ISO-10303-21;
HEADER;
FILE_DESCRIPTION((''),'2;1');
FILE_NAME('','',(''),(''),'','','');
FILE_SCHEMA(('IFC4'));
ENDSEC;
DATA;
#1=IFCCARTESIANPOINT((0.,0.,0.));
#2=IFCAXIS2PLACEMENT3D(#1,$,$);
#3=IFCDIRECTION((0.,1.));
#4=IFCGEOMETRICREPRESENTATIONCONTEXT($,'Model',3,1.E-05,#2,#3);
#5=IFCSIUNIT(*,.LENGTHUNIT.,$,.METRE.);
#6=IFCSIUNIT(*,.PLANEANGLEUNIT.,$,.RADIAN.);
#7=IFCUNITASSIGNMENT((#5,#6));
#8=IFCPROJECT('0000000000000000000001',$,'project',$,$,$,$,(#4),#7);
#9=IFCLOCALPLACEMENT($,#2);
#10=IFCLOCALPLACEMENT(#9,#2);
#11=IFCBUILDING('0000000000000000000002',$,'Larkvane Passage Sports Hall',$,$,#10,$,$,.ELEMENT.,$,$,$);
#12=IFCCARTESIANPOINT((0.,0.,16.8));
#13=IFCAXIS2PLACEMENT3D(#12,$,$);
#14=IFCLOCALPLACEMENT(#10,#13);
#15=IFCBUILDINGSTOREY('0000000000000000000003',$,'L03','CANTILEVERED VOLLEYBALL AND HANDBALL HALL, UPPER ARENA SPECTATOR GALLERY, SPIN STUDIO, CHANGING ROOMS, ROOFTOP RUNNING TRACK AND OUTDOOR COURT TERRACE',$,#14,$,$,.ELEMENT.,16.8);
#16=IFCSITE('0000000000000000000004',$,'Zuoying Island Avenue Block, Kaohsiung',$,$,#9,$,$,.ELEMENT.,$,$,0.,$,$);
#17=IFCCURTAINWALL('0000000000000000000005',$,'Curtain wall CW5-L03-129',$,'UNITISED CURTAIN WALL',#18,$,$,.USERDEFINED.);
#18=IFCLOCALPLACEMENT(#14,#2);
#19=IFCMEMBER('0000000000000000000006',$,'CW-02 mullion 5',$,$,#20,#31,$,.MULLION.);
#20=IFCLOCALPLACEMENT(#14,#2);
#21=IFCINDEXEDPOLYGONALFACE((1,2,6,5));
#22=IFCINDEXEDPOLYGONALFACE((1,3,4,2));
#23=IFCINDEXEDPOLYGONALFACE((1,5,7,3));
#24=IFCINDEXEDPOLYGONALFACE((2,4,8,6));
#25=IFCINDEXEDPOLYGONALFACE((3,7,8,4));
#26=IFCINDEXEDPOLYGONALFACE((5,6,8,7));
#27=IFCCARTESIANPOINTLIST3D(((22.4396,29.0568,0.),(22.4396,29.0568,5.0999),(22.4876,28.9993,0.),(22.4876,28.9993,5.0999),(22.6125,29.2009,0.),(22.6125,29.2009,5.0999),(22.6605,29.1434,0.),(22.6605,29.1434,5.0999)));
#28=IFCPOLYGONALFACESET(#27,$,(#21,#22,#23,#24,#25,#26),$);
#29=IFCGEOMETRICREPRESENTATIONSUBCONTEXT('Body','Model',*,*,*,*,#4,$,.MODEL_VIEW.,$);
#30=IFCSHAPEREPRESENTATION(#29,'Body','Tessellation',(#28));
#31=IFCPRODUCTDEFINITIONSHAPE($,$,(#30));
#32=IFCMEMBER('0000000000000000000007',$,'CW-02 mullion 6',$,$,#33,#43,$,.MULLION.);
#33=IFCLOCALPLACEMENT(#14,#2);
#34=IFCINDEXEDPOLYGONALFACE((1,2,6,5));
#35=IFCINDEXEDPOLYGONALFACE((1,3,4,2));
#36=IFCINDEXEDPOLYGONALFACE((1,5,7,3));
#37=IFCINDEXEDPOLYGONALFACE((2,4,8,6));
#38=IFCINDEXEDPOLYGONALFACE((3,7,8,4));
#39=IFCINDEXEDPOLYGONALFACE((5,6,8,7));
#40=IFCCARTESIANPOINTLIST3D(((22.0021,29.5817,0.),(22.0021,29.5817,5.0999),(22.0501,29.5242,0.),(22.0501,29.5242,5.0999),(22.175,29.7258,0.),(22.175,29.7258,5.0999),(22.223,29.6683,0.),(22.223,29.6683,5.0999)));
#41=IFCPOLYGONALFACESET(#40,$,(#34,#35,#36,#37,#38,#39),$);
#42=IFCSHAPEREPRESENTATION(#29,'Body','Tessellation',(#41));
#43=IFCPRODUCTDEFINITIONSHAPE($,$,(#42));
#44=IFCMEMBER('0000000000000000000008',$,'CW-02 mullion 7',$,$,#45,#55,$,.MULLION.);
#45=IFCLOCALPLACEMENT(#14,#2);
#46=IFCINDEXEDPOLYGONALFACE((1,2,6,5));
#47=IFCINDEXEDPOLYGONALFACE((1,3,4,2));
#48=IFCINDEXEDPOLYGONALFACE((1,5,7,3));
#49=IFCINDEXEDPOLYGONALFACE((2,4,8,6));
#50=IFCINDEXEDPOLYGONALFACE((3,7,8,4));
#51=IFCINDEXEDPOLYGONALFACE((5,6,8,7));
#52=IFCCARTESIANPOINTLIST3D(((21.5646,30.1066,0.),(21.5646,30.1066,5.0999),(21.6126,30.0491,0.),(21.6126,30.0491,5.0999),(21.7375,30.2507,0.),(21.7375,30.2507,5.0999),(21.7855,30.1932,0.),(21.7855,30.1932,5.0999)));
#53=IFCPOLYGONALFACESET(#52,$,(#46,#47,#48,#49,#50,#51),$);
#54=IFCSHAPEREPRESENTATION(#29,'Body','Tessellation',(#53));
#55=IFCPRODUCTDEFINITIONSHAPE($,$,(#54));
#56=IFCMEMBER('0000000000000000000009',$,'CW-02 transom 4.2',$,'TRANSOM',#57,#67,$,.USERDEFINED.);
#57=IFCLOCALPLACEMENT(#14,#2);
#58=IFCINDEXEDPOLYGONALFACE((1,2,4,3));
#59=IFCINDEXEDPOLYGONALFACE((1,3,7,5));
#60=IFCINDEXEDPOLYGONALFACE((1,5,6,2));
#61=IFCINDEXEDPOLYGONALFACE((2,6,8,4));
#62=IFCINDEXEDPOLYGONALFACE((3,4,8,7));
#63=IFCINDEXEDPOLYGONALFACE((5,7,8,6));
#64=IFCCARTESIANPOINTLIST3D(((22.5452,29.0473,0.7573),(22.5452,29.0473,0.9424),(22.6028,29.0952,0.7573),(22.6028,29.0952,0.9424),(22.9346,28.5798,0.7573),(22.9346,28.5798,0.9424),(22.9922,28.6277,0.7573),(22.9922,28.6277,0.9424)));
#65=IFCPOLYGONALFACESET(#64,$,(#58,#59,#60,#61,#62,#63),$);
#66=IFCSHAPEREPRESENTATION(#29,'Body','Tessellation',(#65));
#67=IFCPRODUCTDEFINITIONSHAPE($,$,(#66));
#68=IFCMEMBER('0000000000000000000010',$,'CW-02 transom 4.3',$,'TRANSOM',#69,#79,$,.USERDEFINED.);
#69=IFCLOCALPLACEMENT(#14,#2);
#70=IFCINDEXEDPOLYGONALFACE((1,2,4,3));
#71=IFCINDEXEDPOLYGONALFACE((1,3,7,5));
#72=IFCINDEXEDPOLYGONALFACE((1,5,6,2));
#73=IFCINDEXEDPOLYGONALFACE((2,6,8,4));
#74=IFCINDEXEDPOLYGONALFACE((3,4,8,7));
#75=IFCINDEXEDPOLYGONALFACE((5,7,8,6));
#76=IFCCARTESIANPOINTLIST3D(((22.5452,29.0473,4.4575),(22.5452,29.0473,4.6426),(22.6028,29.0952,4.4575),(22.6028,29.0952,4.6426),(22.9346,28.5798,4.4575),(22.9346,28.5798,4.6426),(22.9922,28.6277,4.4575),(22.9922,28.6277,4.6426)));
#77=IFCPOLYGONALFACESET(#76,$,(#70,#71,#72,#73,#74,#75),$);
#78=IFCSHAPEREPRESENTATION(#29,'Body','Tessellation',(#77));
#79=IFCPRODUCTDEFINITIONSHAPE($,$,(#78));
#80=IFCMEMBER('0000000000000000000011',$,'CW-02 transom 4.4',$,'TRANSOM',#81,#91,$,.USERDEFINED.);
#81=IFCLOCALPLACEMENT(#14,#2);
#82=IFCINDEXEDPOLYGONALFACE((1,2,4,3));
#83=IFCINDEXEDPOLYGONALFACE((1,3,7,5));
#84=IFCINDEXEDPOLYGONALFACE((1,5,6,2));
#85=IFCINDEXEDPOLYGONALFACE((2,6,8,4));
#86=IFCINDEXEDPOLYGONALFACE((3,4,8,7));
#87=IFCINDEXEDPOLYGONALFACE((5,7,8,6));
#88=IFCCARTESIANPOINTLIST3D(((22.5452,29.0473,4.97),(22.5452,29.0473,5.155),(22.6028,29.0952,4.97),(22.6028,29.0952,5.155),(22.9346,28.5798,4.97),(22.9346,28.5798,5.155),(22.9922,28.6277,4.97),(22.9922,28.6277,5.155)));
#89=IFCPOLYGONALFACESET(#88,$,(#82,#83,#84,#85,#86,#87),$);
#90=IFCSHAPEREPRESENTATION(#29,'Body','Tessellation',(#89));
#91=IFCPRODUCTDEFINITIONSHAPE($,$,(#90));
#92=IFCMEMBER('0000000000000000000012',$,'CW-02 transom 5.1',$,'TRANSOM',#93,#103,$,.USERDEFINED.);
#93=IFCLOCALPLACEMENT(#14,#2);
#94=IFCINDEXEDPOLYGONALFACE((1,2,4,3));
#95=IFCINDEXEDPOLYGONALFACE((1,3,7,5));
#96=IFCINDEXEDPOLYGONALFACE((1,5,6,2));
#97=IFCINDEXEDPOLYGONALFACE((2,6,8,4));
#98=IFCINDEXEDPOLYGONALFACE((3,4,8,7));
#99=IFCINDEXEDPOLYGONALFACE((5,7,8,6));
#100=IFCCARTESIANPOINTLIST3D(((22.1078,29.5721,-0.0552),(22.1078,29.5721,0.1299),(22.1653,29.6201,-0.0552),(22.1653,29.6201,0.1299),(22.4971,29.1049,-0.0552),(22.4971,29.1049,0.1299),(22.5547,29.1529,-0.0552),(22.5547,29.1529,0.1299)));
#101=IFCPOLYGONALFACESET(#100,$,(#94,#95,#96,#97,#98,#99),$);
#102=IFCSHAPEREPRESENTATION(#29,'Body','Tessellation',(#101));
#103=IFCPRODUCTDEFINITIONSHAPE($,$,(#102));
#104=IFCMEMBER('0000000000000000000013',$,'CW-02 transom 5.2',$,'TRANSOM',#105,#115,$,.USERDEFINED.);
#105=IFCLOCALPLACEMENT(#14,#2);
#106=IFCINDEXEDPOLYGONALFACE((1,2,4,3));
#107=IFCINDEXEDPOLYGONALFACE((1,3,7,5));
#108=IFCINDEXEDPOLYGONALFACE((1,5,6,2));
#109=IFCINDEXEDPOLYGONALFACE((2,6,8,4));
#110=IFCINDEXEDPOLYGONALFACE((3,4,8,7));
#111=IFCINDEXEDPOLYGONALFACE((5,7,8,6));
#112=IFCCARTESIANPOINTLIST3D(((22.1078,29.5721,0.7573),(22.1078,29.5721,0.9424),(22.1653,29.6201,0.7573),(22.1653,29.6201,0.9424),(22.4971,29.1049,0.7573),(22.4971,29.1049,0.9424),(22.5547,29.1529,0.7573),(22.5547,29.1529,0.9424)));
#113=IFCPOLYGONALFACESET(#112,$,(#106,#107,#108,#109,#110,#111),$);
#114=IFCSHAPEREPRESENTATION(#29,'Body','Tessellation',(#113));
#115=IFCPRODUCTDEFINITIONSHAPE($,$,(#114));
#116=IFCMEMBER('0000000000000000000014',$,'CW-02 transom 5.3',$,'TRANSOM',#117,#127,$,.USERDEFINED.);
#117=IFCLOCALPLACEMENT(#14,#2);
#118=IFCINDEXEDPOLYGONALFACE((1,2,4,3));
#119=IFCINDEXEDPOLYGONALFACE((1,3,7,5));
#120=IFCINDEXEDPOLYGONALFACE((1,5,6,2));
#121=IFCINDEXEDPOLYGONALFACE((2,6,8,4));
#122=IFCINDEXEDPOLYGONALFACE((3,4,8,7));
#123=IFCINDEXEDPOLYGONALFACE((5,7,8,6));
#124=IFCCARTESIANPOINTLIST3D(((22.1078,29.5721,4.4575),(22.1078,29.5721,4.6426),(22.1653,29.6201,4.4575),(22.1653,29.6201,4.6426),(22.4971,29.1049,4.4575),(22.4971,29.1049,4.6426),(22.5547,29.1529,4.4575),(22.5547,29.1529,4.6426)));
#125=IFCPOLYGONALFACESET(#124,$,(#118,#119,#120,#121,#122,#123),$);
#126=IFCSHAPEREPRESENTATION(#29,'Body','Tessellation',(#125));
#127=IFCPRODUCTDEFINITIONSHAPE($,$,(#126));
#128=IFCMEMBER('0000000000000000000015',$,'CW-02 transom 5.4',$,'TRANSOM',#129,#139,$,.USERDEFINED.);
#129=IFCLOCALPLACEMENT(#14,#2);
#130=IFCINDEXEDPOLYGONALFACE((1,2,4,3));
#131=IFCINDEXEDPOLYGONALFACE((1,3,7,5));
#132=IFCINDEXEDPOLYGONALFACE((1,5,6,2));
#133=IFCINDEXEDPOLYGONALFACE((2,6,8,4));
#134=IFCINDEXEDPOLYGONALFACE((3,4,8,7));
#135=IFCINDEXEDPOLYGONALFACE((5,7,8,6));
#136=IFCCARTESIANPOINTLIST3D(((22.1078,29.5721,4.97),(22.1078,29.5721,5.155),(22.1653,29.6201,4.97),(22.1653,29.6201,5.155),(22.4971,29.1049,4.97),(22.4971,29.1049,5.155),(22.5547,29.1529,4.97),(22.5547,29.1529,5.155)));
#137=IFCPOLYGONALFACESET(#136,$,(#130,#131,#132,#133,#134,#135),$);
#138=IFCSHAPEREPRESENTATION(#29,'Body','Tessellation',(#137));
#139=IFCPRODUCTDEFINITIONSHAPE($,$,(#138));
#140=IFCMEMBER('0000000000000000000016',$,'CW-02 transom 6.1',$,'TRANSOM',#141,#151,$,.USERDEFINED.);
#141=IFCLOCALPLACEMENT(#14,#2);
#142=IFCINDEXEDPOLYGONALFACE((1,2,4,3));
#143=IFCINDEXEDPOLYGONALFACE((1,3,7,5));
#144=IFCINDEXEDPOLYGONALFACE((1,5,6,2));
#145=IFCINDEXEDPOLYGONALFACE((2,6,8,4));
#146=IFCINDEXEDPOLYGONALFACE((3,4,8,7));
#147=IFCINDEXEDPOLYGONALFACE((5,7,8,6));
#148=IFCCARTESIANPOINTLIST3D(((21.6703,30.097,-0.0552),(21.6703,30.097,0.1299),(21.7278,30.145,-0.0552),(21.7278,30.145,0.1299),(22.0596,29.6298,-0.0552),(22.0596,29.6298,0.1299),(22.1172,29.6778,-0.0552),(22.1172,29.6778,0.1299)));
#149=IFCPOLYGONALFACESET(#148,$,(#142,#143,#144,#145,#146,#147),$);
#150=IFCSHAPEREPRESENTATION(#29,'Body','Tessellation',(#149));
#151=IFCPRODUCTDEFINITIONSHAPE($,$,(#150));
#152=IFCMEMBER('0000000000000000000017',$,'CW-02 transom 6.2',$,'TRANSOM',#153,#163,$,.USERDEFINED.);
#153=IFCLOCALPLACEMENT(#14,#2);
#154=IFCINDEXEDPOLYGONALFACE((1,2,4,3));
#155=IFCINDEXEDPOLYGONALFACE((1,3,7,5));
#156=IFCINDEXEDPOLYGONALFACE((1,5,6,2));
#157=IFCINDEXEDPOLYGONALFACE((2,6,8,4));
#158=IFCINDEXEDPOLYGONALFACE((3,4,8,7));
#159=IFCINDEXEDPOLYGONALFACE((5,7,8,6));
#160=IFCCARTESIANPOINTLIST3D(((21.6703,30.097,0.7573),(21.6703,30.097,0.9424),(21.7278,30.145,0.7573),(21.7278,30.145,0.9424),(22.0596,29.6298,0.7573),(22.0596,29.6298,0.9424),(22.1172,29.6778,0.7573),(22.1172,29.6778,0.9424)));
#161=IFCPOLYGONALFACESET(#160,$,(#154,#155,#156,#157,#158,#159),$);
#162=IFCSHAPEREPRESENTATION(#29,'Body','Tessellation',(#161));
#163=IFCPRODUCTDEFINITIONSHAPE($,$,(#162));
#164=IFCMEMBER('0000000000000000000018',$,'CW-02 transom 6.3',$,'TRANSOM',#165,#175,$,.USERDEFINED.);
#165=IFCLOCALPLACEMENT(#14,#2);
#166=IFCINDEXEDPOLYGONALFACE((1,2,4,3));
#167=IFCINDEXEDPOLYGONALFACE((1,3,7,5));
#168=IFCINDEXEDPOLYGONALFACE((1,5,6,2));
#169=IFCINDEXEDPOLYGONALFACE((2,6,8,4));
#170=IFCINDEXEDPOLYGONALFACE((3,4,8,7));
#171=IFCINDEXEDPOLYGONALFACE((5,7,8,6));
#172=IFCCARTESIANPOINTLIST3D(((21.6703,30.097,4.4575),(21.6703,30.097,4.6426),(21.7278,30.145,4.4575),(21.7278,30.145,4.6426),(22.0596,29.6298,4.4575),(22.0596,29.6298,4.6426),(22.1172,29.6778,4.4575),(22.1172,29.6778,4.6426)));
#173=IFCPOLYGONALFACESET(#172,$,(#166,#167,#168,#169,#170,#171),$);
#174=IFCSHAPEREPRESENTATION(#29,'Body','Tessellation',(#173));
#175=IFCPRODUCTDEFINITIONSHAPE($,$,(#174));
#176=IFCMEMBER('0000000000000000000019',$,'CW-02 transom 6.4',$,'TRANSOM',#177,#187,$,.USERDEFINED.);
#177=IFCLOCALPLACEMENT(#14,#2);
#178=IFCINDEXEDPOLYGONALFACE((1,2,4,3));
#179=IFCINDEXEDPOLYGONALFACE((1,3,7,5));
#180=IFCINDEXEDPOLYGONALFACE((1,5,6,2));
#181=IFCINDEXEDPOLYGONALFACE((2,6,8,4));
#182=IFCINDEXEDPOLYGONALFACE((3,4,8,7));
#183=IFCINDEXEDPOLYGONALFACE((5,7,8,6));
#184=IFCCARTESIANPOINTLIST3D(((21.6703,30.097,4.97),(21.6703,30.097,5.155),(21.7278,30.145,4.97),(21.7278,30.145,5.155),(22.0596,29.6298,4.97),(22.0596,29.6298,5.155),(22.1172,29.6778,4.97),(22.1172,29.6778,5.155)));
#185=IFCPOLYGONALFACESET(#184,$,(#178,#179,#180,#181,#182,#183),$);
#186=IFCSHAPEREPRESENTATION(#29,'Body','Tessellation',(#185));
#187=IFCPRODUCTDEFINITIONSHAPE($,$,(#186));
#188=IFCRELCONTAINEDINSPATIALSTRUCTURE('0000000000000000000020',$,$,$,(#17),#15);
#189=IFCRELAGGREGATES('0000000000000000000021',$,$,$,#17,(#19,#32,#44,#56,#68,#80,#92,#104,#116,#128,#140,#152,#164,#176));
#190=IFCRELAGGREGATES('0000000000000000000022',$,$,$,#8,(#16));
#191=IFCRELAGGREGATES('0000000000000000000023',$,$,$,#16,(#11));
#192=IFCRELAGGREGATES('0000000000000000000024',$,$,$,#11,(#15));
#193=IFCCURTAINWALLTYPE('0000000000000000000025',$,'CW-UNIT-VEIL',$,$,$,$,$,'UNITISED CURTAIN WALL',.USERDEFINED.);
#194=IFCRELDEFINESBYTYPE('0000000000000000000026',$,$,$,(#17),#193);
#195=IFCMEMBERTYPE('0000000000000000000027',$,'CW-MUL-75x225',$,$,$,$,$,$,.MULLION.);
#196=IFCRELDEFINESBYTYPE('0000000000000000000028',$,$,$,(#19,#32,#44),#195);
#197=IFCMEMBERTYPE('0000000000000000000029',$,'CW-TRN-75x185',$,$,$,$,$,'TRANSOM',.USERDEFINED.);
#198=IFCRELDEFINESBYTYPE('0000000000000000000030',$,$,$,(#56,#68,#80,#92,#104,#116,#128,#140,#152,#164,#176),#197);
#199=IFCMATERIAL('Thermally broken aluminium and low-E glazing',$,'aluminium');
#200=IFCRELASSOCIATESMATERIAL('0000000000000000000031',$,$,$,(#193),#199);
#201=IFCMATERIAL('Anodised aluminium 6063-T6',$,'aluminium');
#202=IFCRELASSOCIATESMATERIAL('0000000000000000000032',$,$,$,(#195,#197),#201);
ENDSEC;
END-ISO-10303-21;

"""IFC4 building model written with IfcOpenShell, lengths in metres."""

from ifc_helpers import new_model, si_unit, direction, frame, origin, origin_2d, place, context, subcontext, project, spatial, rectangle, extrude, material, material_profile, profile_set, type_object, element, aggregate, save


model = new_model("IFC4")

# Units and contexts
model_context = context("Model", 3, precision=1e-05, world=origin(), true_north=direction((0.0, 1.0)))
body_context = subcontext(model_context, "Body", "Model", "MODEL_VIEW")
ifc_project = project(units=[si_unit("LENGTHUNIT", "METRE"), si_unit("PLANEANGLEUNIT", "RADIAN")], contexts=[model_context])

# Site, building, storey
site_placement = place(None, origin())
site = spatial("IfcSite", under=ifc_project, at=site_placement, Name="Zuoying Island Avenue Block, Kaohsiung", CompositionType="ELEMENT", RefElevation=0.0)
building_placement = place(site_placement, origin())
building = spatial("IfcBuilding", under=site, at=building_placement, Name="Larkvane Passage Sports Hall", CompositionType="ELEMENT")
storey_placement = place(building_placement, frame((0.0, 0.0, 16.8)))
storey = spatial("IfcBuildingStorey", under=building, at=storey_placement, Name="L03", Description="CANTILEVERED VOLLEYBALL AND HANDBALL HALL, UPPER ARENA SPECTATOR GALLERY, SPIN STUDIO, CHANGING ROOMS, ROOFTOP RUNNING TRACK AND OUTDOOR COURT TERRACE", CompositionType="ELEMENT", Elevation=16.8)

# Curtain wall, members
ifc_material_1 = material(Name="Thermally broken aluminium and low-E glazing", Category="aluminium")
curtain_wall_type = type_object("IfcCurtainWallType", Name="CW-UNIT-VEIL", ElementType="UNITISED CURTAIN WALL", PredefinedType="USERDEFINED", material=ifc_material_1)
curtain_wall_placement = place(storey_placement, origin())
curtain_wall = element("IfcCurtainWall", 1, at=curtain_wall_placement, inside=storey, type_object=curtain_wall_type, Name="Curtain wall CW5-L03-129", ObjectType="UNITISED CURTAIN WALL", PredefinedType="USERDEFINED")
ifc_material_2 = material(Name="Anodised aluminium 6063-T6", Category="aluminium")
ifc_material_profile_1 = material_profile(ifc_material_2, rectangle(XDim=0.075, YDim=0.2251, at=origin_2d()), Name="ALU-MUL-75x225")
ifc_profile_set_1 = profile_set([ifc_material_profile_1], Name="Anodised aluminium 6063-T6")
member_type_1 = type_object("IfcMemberType", Name="CW-MUL-75x225", PredefinedType="MULLION", material=ifc_profile_set_1)
member_1_placement = place(storey_placement, frame((22.55, 29.1001, 0.0), z_axis=(0.0, 0.0, 1.0), x_axis=(-0.640184, 0.768221, 0.0)))
member_1 = element("IfcMember", 2, at=member_1_placement, type_object=member_type_1, Name="CW-02 mullion 5", PredefinedType="MULLION", context=body_context, shape_type="SweptSolid", body=[
    extrude(rectangle(XDim=0.075, YDim=0.2251, at=origin_2d()), origin(), (0.0, 0.0, 1.0), 5.0999),
])
member_2_placement = place(storey_placement, frame((22.1125, 29.625, 0.0), z_axis=(0.0, 0.0, 1.0), x_axis=(-0.640184, 0.768221, 0.0)))
member_2 = element("IfcMember", 3, at=member_2_placement, type_object=member_type_1, Name="CW-02 mullion 6", PredefinedType="MULLION", context=body_context, shape_type="SweptSolid", body=[
    extrude(rectangle(XDim=0.075, YDim=0.2251, at=origin_2d()), origin(), (0.0, 0.0, 1.0), 5.0999),
])
member_3_placement = place(storey_placement, frame((21.675, 30.1499, 0.0), z_axis=(0.0, 0.0, 1.0), x_axis=(-0.640184, 0.768221, 0.0)))
member_3 = element("IfcMember", 4, at=member_3_placement, type_object=member_type_1, Name="CW-02 mullion 7", PredefinedType="MULLION", context=body_context, shape_type="SweptSolid", body=[
    extrude(rectangle(XDim=0.075, YDim=0.2251, at=origin_2d()), origin(), (0.0, 0.0, 1.0), 5.0999),
])
ifc_material_profile_2 = material_profile(ifc_material_2, rectangle(XDim=0.075, YDim=0.1851, at=origin_2d()), Name="ALU-TRN-75x185")
ifc_profile_set_2 = profile_set([ifc_material_profile_2], Name="Anodised aluminium 6063-T6")
member_type_2 = type_object("IfcMemberType", Name="CW-TRN-75x185", ElementType="TRANSOM", PredefinedType="USERDEFINED", material=ifc_profile_set_2)
member_4_placement = place(storey_placement, frame((22.9634, 28.6038, 0.8499), z_axis=(-0.639987, 0.768386, 0.0), x_axis=(-0.768386, -0.639987, 0.0)))
member_4 = element("IfcMember", 5, at=member_4_placement, type_object=member_type_2, Name="CW-02 transom 4.2", ObjectType="TRANSOM", PredefinedType="USERDEFINED", context=body_context, shape_type="SweptSolid", body=[
    extrude(rectangle(XDim=0.075, YDim=0.1851, at=origin_2d()), origin(), (0.0, 0.0, 1.0), 0.6084),
])
member_5_placement = place(storey_placement, frame((22.9634, 28.6038, 4.55), z_axis=(-0.639987, 0.768386, 0.0), x_axis=(-0.768386, -0.639987, 0.0)))
member_5 = element("IfcMember", 6, at=member_5_placement, type_object=member_type_2, Name="CW-02 transom 4.3", ObjectType="TRANSOM", PredefinedType="USERDEFINED", context=body_context, shape_type="SweptSolid", body=[
    extrude(rectangle(XDim=0.075, YDim=0.1851, at=origin_2d()), origin(), (0.0, 0.0, 1.0), 0.6084),
])
member_6_placement = place(storey_placement, frame((22.9634, 28.6038, 5.0625), z_axis=(-0.639987, 0.768386, 0.0), x_axis=(-0.768386, -0.639987, 0.0)))
member_6 = element("IfcMember", 7, at=member_6_placement, type_object=member_type_2, Name="CW-02 transom 4.4", ObjectType="TRANSOM", PredefinedType="USERDEFINED", context=body_context, shape_type="SweptSolid", body=[
    extrude(rectangle(XDim=0.075, YDim=0.1851, at=origin_2d()), origin(), (0.0, 0.0, 1.0), 0.6084),
])
member_7_placement = place(storey_placement, frame((22.5259, 29.1289, 0.0374), z_axis=(-0.640184, 0.768221, 0.0), x_axis=(-0.768221, -0.640184, 0.0)))
member_7 = element("IfcMember", 8, at=member_7_placement, type_object=member_type_2, Name="CW-02 transom 5.1", ObjectType="TRANSOM", PredefinedType="USERDEFINED", context=body_context, shape_type="SweptSolid", body=[
    extrude(rectangle(XDim=0.075, YDim=0.1851, at=origin_2d()), origin(), (0.0, 0.0, 1.0), 0.6082),
])
member_8_placement = place(storey_placement, frame((22.5259, 29.1289, 0.8499), z_axis=(-0.640184, 0.768221, 0.0), x_axis=(-0.768221, -0.640184, 0.0)))
member_8 = element("IfcMember", 9, at=member_8_placement, type_object=member_type_2, Name="CW-02 transom 5.2", ObjectType="TRANSOM", PredefinedType="USERDEFINED", context=body_context, shape_type="SweptSolid", body=[
    extrude(rectangle(XDim=0.075, YDim=0.1851, at=origin_2d()), origin(), (0.0, 0.0, 1.0), 0.6082),
])
member_9_placement = place(storey_placement, frame((22.5259, 29.1289, 4.55), z_axis=(-0.640184, 0.768221, 0.0), x_axis=(-0.768221, -0.640184, 0.0)))
member_9 = element("IfcMember", 10, at=member_9_placement, type_object=member_type_2, Name="CW-02 transom 5.3", ObjectType="TRANSOM", PredefinedType="USERDEFINED", context=body_context, shape_type="SweptSolid", body=[
    extrude(rectangle(XDim=0.075, YDim=0.1851, at=origin_2d()), origin(), (0.0, 0.0, 1.0), 0.6082),
])
member_10_placement = place(storey_placement, frame((22.5259, 29.1289, 5.0625), z_axis=(-0.640184, 0.768221, 0.0), x_axis=(-0.768221, -0.640184, 0.0)))
member_10 = element("IfcMember", 11, at=member_10_placement, type_object=member_type_2, Name="CW-02 transom 5.4", ObjectType="TRANSOM", PredefinedType="USERDEFINED", context=body_context, shape_type="SweptSolid", body=[
    extrude(rectangle(XDim=0.075, YDim=0.1851, at=origin_2d()), origin(), (0.0, 0.0, 1.0), 0.6082),
])
member_11_placement = place(storey_placement, frame((22.0884, 29.6538, 0.0374), z_axis=(-0.640184, 0.768221, 0.0), x_axis=(-0.768221, -0.640184, 0.0)))
member_11 = element("IfcMember", 12, at=member_11_placement, type_object=member_type_2, Name="CW-02 transom 6.1", ObjectType="TRANSOM", PredefinedType="USERDEFINED", context=body_context, shape_type="SweptSolid", body=[
    extrude(rectangle(XDim=0.075, YDim=0.1851, at=origin_2d()), origin(), (0.0, 0.0, 1.0), 0.6082),
])
member_12_placement = place(storey_placement, frame((22.0884, 29.6538, 0.8499), z_axis=(-0.640184, 0.768221, 0.0), x_axis=(-0.768221, -0.640184, 0.0)))
member_12 = element("IfcMember", 13, at=member_12_placement, type_object=member_type_2, Name="CW-02 transom 6.2", ObjectType="TRANSOM", PredefinedType="USERDEFINED", context=body_context, shape_type="SweptSolid", body=[
    extrude(rectangle(XDim=0.075, YDim=0.1851, at=origin_2d()), origin(), (0.0, 0.0, 1.0), 0.6082),
])
member_13_placement = place(storey_placement, frame((22.0884, 29.6538, 4.55), z_axis=(-0.640184, 0.768221, 0.0), x_axis=(-0.768221, -0.640184, 0.0)))
member_13 = element("IfcMember", 14, at=member_13_placement, type_object=member_type_2, Name="CW-02 transom 6.3", ObjectType="TRANSOM", PredefinedType="USERDEFINED", context=body_context, shape_type="SweptSolid", body=[
    extrude(rectangle(XDim=0.075, YDim=0.1851, at=origin_2d()), origin(), (0.0, 0.0, 1.0), 0.6082),
])
member_14_placement = place(storey_placement, frame((22.0884, 29.6538, 5.0625), z_axis=(-0.640184, 0.768221, 0.0), x_axis=(-0.768221, -0.640184, 0.0)))
member_14 = element("IfcMember", 15, at=member_14_placement, type_object=member_type_2, Name="CW-02 transom 6.4", ObjectType="TRANSOM", PredefinedType="USERDEFINED", context=body_context, shape_type="SweptSolid", body=[
    extrude(rectangle(XDim=0.075, YDim=0.1851, at=origin_2d()), origin(), (0.0, 0.0, 1.0), 0.6082),
])
aggregate(curtain_wall, [member_1, member_2, member_3, member_4, member_5, member_6, member_7, member_8, member_9, member_10, member_11, member_12, member_13, member_14])

save(model, "model.ifc")
